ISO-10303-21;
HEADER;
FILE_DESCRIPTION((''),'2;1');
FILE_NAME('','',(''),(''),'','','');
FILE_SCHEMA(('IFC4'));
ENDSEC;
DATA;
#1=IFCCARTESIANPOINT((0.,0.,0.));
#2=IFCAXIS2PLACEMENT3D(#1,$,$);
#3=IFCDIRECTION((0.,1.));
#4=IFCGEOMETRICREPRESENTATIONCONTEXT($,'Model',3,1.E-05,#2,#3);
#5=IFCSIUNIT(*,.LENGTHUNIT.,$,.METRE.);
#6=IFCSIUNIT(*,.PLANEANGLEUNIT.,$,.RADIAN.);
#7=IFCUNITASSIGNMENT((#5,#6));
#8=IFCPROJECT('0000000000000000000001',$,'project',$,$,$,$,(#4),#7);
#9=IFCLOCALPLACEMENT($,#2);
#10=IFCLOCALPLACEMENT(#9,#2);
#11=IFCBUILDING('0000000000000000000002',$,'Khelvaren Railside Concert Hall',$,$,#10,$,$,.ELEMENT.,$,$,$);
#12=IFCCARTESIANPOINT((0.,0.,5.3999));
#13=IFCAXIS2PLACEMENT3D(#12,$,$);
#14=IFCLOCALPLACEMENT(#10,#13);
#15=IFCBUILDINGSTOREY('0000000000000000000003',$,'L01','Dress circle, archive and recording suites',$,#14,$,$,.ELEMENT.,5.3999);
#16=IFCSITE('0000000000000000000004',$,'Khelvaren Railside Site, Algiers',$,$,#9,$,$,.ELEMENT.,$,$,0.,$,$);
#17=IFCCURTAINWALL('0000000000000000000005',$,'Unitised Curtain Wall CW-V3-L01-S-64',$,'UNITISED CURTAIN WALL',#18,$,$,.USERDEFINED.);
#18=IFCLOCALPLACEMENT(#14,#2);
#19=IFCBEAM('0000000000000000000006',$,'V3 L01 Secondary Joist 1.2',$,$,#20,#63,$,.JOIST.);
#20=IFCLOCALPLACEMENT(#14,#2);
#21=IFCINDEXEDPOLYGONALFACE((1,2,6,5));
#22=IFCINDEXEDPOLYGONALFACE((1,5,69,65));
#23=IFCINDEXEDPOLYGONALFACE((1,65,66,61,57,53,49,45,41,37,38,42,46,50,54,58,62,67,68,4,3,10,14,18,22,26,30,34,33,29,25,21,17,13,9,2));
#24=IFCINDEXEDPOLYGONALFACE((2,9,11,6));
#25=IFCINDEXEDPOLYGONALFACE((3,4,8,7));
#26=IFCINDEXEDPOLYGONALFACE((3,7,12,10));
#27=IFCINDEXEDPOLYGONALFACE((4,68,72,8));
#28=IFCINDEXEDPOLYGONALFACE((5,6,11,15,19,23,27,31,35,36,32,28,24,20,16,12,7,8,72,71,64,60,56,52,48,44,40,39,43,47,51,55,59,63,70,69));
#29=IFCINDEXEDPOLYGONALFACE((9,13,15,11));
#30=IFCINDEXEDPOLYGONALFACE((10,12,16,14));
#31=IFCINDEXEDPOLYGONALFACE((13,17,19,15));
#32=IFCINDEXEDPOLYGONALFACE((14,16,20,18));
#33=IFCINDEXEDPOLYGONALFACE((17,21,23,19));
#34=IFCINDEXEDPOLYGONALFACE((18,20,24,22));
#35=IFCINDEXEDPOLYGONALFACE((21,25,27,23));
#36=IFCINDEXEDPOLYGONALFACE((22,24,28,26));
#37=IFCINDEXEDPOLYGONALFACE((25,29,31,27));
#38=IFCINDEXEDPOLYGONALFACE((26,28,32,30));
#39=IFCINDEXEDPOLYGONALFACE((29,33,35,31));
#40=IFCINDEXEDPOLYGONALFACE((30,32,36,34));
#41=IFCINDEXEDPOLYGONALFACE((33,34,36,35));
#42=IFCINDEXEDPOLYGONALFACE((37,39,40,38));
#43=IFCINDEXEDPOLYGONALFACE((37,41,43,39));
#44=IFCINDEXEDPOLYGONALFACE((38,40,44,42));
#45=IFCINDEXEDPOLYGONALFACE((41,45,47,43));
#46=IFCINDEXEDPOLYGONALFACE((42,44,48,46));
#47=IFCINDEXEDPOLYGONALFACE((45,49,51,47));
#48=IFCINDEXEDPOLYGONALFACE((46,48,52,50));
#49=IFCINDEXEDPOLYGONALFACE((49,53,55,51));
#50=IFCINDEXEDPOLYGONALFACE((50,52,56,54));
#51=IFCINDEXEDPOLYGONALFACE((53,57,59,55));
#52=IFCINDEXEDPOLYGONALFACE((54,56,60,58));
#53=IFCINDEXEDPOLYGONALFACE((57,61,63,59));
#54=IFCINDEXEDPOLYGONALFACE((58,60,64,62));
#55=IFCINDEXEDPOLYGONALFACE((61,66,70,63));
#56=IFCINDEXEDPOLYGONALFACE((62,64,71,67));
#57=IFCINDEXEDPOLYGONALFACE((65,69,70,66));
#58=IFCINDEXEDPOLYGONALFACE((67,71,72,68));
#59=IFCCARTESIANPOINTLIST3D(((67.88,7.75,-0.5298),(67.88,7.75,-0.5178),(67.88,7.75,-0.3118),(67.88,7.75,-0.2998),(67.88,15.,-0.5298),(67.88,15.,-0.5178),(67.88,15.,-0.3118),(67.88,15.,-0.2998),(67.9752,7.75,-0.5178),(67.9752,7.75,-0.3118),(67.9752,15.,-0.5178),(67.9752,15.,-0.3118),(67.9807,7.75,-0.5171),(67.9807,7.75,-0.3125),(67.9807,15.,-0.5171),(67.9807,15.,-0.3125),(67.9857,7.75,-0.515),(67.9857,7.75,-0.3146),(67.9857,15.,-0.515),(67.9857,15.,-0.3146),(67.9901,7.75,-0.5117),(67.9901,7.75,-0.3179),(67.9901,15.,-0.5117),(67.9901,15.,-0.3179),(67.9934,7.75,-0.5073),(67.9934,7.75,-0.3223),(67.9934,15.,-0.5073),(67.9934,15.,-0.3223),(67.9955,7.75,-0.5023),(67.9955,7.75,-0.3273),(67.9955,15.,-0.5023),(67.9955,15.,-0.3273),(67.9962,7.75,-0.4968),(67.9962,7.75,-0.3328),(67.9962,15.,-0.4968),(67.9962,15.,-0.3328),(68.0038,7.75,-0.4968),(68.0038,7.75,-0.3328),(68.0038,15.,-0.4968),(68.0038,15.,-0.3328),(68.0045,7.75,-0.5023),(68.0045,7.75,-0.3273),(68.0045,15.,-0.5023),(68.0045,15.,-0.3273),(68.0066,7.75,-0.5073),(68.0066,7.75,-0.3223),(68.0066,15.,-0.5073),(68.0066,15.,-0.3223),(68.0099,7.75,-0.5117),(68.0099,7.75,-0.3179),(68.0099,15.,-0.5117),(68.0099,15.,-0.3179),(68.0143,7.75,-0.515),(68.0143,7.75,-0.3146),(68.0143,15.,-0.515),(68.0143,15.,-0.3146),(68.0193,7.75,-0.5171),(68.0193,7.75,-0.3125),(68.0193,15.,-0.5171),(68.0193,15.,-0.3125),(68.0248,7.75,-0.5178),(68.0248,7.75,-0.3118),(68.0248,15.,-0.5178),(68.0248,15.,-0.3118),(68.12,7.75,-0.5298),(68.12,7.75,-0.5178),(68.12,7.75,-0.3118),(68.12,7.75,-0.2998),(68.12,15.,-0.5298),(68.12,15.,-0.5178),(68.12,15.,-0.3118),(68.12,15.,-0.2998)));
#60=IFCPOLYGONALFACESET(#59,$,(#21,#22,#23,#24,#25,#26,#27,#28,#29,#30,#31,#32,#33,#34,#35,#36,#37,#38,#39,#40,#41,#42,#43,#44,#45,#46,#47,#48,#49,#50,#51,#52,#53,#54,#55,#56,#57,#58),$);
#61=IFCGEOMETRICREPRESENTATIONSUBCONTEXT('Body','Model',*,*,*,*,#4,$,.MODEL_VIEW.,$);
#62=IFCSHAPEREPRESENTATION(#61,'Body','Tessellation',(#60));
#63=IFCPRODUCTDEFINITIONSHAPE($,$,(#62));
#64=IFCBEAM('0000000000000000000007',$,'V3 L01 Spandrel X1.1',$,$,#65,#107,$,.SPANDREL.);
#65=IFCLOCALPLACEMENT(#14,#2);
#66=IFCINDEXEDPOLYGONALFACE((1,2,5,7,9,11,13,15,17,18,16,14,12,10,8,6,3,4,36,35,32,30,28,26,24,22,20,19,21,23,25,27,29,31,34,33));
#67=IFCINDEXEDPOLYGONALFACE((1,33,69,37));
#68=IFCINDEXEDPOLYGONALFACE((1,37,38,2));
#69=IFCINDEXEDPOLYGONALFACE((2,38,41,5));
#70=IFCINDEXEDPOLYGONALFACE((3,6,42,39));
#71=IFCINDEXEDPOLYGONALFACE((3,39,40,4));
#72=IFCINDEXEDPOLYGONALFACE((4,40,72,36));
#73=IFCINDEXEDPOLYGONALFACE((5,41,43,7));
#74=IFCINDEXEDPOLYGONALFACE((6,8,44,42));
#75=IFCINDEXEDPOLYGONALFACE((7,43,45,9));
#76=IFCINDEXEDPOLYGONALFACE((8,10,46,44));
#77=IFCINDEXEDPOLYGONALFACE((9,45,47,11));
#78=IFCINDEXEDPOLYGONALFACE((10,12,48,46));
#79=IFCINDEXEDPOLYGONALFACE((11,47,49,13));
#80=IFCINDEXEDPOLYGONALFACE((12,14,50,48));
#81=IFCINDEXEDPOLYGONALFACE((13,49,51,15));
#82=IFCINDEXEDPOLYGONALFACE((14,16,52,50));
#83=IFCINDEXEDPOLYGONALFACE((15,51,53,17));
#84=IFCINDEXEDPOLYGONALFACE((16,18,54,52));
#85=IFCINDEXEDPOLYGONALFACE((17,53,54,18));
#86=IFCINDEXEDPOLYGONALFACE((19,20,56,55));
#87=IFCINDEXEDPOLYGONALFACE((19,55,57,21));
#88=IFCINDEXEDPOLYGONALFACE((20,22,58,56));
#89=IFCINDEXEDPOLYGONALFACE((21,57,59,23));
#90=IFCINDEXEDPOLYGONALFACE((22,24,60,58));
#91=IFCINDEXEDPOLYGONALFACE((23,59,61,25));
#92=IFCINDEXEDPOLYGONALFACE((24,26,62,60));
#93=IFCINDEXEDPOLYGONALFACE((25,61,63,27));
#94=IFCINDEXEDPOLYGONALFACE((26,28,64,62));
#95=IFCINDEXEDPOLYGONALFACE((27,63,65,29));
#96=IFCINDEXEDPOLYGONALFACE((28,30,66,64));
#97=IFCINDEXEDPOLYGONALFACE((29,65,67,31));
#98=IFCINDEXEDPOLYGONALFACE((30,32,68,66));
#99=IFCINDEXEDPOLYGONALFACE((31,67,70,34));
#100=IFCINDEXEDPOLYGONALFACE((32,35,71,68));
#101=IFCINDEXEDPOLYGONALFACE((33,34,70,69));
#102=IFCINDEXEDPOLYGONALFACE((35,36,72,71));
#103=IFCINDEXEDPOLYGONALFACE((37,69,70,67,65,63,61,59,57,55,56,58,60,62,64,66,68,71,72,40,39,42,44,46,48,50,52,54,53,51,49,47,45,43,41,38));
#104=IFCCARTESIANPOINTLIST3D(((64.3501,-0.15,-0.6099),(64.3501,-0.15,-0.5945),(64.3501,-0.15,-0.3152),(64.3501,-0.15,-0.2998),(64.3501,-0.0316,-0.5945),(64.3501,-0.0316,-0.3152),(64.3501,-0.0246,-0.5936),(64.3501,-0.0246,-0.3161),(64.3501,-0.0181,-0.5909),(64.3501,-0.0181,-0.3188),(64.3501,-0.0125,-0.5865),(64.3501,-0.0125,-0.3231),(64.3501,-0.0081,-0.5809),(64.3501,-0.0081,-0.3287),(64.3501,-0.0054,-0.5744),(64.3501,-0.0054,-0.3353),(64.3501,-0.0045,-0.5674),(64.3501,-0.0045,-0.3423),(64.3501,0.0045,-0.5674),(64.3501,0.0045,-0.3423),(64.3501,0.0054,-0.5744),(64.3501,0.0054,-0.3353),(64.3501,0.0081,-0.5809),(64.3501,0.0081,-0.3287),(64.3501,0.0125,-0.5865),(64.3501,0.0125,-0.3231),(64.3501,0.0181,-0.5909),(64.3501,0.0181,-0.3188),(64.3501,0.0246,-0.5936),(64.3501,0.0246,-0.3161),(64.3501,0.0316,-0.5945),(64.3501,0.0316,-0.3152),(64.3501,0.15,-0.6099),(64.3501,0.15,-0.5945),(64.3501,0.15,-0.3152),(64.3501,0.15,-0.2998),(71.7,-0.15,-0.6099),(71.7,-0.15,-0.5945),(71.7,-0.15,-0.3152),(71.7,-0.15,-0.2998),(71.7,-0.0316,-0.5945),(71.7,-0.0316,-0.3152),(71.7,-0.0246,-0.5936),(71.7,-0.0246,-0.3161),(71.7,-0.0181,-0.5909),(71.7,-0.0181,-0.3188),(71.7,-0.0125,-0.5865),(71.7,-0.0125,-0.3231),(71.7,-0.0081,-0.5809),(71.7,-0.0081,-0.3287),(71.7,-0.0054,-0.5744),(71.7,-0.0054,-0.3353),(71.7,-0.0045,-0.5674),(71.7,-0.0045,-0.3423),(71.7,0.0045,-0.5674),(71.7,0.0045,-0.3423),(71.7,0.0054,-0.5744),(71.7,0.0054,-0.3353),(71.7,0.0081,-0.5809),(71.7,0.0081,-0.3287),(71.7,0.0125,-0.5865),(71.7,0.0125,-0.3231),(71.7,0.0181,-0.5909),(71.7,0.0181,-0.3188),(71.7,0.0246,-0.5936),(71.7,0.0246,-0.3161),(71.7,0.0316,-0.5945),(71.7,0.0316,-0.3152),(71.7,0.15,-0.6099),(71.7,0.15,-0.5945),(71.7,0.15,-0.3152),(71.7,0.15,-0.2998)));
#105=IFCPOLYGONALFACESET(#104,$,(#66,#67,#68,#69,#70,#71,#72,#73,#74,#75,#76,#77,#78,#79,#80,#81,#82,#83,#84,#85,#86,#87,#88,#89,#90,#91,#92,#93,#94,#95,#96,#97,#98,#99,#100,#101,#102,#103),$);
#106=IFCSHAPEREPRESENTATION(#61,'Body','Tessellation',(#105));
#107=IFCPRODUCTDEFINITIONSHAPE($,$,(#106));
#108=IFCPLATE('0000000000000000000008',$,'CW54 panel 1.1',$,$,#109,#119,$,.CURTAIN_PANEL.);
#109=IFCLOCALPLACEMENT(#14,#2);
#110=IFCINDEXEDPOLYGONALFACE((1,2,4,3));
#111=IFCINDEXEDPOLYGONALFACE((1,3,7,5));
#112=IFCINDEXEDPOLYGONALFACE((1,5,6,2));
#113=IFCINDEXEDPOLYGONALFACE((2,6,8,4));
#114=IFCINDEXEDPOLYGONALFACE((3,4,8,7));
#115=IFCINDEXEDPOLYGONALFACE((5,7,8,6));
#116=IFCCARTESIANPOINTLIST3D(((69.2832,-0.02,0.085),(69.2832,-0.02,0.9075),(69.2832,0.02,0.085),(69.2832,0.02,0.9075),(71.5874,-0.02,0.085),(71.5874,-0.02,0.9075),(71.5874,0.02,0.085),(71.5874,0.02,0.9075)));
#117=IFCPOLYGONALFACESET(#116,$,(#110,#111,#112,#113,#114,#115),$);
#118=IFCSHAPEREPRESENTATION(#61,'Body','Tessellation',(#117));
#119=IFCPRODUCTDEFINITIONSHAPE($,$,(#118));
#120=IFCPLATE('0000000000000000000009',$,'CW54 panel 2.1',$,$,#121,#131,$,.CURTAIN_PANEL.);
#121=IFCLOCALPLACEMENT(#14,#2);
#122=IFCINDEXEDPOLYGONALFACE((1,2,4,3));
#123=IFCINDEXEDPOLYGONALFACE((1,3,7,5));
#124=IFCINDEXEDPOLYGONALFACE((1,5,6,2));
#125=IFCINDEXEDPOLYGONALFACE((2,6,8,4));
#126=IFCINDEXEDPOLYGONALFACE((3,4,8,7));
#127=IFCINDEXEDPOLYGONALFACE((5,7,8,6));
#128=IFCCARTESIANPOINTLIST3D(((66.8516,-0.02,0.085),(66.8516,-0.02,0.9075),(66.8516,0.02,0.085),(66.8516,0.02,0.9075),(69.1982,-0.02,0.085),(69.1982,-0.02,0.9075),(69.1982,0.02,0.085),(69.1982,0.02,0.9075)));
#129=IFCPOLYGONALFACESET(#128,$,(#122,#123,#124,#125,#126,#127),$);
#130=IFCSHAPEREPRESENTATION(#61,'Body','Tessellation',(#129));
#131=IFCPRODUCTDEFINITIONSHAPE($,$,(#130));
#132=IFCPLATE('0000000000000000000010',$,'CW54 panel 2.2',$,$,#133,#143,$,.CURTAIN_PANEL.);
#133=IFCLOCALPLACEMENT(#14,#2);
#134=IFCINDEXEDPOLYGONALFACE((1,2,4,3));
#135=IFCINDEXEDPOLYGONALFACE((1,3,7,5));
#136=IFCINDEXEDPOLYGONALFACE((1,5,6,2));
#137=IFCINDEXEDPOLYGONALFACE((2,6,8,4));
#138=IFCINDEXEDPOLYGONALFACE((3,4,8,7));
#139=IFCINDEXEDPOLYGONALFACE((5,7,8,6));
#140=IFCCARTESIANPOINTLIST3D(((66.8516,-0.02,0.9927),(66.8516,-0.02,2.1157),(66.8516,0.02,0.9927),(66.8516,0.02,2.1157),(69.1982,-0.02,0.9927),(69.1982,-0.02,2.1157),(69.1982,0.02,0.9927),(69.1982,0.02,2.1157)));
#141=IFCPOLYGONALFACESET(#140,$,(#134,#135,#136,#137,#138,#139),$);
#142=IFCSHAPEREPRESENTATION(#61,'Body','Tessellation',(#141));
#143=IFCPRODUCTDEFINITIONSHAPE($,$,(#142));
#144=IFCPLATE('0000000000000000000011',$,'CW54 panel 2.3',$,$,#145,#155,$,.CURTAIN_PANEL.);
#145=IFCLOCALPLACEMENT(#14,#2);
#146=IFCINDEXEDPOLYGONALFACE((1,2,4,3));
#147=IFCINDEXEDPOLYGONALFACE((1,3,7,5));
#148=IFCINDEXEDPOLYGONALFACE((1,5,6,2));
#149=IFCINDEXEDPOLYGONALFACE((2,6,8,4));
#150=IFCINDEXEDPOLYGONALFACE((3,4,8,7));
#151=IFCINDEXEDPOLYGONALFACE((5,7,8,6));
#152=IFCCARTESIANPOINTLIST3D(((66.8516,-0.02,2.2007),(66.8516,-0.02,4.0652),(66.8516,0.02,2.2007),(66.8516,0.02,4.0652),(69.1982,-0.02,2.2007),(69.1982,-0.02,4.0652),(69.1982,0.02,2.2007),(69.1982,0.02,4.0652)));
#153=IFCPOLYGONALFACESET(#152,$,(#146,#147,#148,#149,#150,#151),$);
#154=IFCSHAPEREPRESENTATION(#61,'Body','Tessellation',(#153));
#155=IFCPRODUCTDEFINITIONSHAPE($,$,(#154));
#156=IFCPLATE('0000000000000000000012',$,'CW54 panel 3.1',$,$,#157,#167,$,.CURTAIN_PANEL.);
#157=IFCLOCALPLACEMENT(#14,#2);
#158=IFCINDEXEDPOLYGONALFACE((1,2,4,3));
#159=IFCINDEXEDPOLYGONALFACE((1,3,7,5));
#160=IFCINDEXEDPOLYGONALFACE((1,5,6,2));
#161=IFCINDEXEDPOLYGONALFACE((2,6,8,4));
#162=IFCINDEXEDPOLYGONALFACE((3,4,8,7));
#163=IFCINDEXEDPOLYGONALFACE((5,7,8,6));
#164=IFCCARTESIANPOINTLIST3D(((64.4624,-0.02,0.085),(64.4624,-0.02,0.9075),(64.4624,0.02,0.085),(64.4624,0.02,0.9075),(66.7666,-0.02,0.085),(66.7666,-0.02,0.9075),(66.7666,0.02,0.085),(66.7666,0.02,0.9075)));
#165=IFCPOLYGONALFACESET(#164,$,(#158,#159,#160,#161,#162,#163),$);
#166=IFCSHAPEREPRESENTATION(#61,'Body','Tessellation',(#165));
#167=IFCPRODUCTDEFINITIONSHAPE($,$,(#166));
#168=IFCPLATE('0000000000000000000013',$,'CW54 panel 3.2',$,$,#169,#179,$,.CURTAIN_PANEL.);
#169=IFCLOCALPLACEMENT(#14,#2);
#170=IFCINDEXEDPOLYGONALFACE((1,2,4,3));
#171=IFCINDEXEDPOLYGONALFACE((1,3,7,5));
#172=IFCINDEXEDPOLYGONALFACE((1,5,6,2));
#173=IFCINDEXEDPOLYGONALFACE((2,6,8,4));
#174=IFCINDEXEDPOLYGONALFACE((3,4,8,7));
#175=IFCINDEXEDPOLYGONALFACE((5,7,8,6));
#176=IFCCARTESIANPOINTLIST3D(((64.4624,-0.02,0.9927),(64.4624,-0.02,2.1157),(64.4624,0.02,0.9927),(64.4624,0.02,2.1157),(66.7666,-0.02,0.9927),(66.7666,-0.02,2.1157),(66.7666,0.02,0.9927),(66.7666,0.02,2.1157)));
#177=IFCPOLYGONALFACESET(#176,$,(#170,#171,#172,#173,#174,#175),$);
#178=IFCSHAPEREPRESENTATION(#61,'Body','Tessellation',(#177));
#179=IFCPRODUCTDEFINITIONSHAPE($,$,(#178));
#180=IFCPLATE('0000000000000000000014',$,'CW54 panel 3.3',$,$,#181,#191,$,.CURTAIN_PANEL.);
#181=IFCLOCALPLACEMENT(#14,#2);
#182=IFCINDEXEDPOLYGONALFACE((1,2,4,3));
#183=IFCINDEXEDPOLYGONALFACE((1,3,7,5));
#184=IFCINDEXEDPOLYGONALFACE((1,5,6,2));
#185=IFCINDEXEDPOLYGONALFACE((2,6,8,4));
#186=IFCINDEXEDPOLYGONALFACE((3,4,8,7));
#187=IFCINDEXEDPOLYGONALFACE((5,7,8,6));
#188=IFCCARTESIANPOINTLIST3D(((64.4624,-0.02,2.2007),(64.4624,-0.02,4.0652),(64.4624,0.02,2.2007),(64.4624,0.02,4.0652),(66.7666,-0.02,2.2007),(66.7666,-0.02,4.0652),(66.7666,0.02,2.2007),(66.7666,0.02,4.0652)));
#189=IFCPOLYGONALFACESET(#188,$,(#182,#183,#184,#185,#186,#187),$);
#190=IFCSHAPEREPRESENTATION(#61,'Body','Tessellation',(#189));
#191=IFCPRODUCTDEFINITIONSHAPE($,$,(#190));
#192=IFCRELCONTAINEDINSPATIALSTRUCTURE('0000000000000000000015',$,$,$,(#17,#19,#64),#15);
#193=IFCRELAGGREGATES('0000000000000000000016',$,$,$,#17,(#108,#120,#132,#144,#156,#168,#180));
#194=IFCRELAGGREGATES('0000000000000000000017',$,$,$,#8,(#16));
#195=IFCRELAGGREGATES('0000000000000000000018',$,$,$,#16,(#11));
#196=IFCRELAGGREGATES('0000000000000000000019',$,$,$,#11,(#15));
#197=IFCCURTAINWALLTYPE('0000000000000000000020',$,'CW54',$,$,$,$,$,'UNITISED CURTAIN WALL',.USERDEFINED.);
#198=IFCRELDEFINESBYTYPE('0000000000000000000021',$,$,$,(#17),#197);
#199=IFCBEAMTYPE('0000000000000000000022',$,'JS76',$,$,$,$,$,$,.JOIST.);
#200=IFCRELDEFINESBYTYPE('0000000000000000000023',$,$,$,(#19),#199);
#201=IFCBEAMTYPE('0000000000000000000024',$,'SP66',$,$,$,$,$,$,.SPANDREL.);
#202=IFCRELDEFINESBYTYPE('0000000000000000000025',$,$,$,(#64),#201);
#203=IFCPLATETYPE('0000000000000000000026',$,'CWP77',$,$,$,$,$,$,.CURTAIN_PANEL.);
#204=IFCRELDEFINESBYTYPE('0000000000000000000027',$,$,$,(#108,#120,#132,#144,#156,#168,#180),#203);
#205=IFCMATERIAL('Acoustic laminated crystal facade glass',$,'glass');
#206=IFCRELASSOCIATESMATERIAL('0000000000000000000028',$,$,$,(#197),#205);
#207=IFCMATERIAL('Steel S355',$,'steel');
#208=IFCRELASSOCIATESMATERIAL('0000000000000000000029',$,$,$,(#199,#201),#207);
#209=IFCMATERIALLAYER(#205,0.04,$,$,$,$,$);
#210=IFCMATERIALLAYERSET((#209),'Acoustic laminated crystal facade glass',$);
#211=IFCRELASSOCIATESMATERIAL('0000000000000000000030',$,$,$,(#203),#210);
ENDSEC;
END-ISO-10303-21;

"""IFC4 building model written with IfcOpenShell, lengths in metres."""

from ifc_helpers import new_model, si_unit, direction, frame, origin, origin_2d, place, context, subcontext, project, spatial, rectangle, i_section, extrude, material, layer, layer_set, material_profile, profile_set, type_object, element, aggregate, save


model = new_model("IFC4")

# Units and contexts
model_context = context("Model", 3, precision=1e-05, world=origin(), true_north=direction((0.0, 1.0)))
body_context = subcontext(model_context, "Body", "Model", "MODEL_VIEW")
ifc_project = project(units=[si_unit("LENGTHUNIT", "METRE"), si_unit("PLANEANGLEUNIT", "RADIAN")], contexts=[model_context])

# Site, building, storey
site_placement = place(None, origin())
site = spatial("IfcSite", under=ifc_project, at=site_placement, Name="Khelvaren Railside Site, Algiers", CompositionType="ELEMENT", RefElevation=0.0)
building_placement = place(site_placement, origin())
building = spatial("IfcBuilding", under=site, at=building_placement, Name="Khelvaren Railside Concert Hall", CompositionType="ELEMENT")
storey_placement = place(building_placement, frame((0.0, 0.0, 5.3999)))
storey = spatial("IfcBuildingStorey", under=building, at=storey_placement, Name="L01", Description="Dress circle, archive and recording suites", CompositionType="ELEMENT", Elevation=5.3999)

# Shared definitions
ifc_material_1 = material(Name="Steel S355", Category="steel")

# Curtain wall
ifc_material_2 = material(Name="Acoustic laminated crystal facade glass", Category="glass")
curtain_wall_type = type_object("IfcCurtainWallType", Name="CW54", ElementType="UNITISED CURTAIN WALL", PredefinedType="USERDEFINED", material=ifc_material_2)
curtain_wall_placement = place(storey_placement, origin())
curtain_wall = element("IfcCurtainWall", 1, at=curtain_wall_placement, inside=storey, type_object=curtain_wall_type, Name="Unitised Curtain Wall CW-V3-L01-S-64", ObjectType="UNITISED CURTAIN WALL", PredefinedType="USERDEFINED")

# Beams
ifc_material_profile_1 = material_profile(ifc_material_1, i_section(OverallWidth=0.24, OverallDepth=0.23, WebThickness=0.0076, FlangeThickness=0.012, FilletRadius=0.021, at=origin_2d()), Name="HEA 240")
ifc_profile_set_1 = profile_set([ifc_material_profile_1], Name="Steel S355")
beam_type_1 = type_object("IfcBeamType", Name="JS76", PredefinedType="JOIST", material=ifc_profile_set_1)
beam_1_placement = place(storey_placement, frame((68.0, 7.75, -0.4148), z_axis=(0.0, 1.0, 0.0), x_axis=(-1.0, 0.0, 0.0)))
element("IfcBeam", 2, at=beam_1_placement, inside=storey, type_object=beam_type_1, Name="V3 L01 Secondary Joist 1.2", PredefinedType="JOIST", context=body_context, shape_type="SweptSolid", body=[
    extrude(i_section(OverallWidth=0.24, OverallDepth=0.23, WebThickness=0.0076, FlangeThickness=0.012, FilletRadius=0.021, at=origin_2d()), origin(), (0.0, 0.0, 1.0), 7.25),
])
ifc_material_profile_2 = material_profile(ifc_material_1, i_section(OverallWidth=0.3, OverallDepth=0.3101, WebThickness=0.009, FlangeThickness=0.0154, FilletRadius=0.0271, at=origin_2d()), Name="HEA 320")
ifc_profile_set_2 = profile_set([ifc_material_profile_2], Name="Steel S355")
beam_type_2 = type_object("IfcBeamType", Name="SP66", PredefinedType="SPANDREL", material=ifc_profile_set_2)
beam_2_placement = place(storey_placement, frame((64.3501, 0.0, -0.4548), z_axis=(1.0, 0.0, 0.0), x_axis=(0.0, 1.0, 0.0)))
element("IfcBeam", 3, at=beam_2_placement, inside=storey, type_object=beam_type_2, Name="V3 L01 Spandrel X1.1", PredefinedType="SPANDREL", context=body_context, shape_type="SweptSolid", body=[
    extrude(i_section(OverallWidth=0.3, OverallDepth=0.3101, WebThickness=0.009, FlangeThickness=0.0154, FilletRadius=0.0271, at=origin_2d()), origin(), (0.0, 0.0, 1.0), 7.3499),
])

# Plates
ifc_layer_1 = layer(ifc_material_2, 0.04)
ifc_layer_set_1 = layer_set([ifc_layer_1], Name="Acoustic laminated crystal facade glass")
plate_type = type_object("IfcPlateType", Name="CWP77", PredefinedType="CURTAIN_PANEL", material=ifc_layer_set_1)
plate_1_placement = place(storey_placement, frame((70.4353, 0.0, 0.085), z_axis=(0.0, 0.0, 1.0), x_axis=(-1.0, 0.0, 0.0)))
plate_1 = element("IfcPlate", 4, at=plate_1_placement, type_object=plate_type, Name="CW54 panel 1.1", PredefinedType="CURTAIN_PANEL", context=body_context, shape_type="SweptSolid", body=[
    extrude(rectangle(XDim=2.3042, YDim=0.04, at=origin_2d()), origin(), (0.0, 0.0, 1.0), 0.8225),
])
plate_2_placement = place(storey_placement, frame((68.0249, 0.0, 0.085), z_axis=(0.0, 0.0, 1.0), x_axis=(-1.0, 0.0, 0.0)))
plate_2 = element("IfcPlate", 5, at=plate_2_placement, type_object=plate_type, Name="CW54 panel 2.1", PredefinedType="CURTAIN_PANEL", context=body_context, shape_type="SweptSolid", body=[
    extrude(rectangle(XDim=2.3467, YDim=0.04, at=origin_2d()), origin(), (0.0, 0.0, 1.0), 0.8225),
])
plate_3_placement = place(storey_placement, frame((68.0249, 0.0, 0.9927), z_axis=(0.0, 0.0, 1.0), x_axis=(-1.0, 0.0, 0.0)))
plate_3 = element("IfcPlate", 6, at=plate_3_placement, type_object=plate_type, Name="CW54 panel 2.2", PredefinedType="CURTAIN_PANEL", context=body_context, shape_type="SweptSolid", body=[
    extrude(rectangle(XDim=2.3467, YDim=0.04, at=origin_2d()), origin(), (0.0, 0.0, 1.0), 1.123),
])
plate_4_placement = place(storey_placement, frame((68.0249, 0.0, 2.2007), z_axis=(0.0, 0.0, 1.0), x_axis=(-1.0, 0.0, 0.0)))
plate_4 = element("IfcPlate", 7, at=plate_4_placement, type_object=plate_type, Name="CW54 panel 2.3", PredefinedType="CURTAIN_PANEL", context=body_context, shape_type="SweptSolid", body=[
    extrude(rectangle(XDim=2.3467, YDim=0.04, at=origin_2d()), origin(), (0.0, 0.0, 1.0), 1.8645),
])
plate_5_placement = place(storey_placement, frame((65.6145, 0.0, 0.085), z_axis=(0.0, 0.0, 1.0), x_axis=(-1.0, 0.0, 0.0)))
plate_5 = element("IfcPlate", 8, at=plate_5_placement, type_object=plate_type, Name="CW54 panel 3.1", PredefinedType="CURTAIN_PANEL", context=body_context, shape_type="SweptSolid", body=[
    extrude(rectangle(XDim=2.3042, YDim=0.04, at=origin_2d()), origin(), (0.0, 0.0, 1.0), 0.8225),
])
plate_6_placement = place(storey_placement, frame((65.6145, 0.0, 0.9927), z_axis=(0.0, 0.0, 1.0), x_axis=(-1.0, 0.0, 0.0)))
plate_6 = element("IfcPlate", 9, at=plate_6_placement, type_object=plate_type, Name="CW54 panel 3.2", PredefinedType="CURTAIN_PANEL", context=body_context, shape_type="SweptSolid", body=[
    extrude(rectangle(XDim=2.3042, YDim=0.04, at=origin_2d()), origin(), (0.0, 0.0, 1.0), 1.123),
])
plate_7_placement = place(storey_placement, frame((65.6145, 0.0, 2.2007), z_axis=(0.0, 0.0, 1.0), x_axis=(-1.0, 0.0, 0.0)))
plate_7 = element("IfcPlate", 10, at=plate_7_placement, type_object=plate_type, Name="CW54 panel 3.3", PredefinedType="CURTAIN_PANEL", context=body_context, shape_type="SweptSolid", body=[
    extrude(rectangle(XDim=2.3042, YDim=0.04, at=origin_2d()), origin(), (0.0, 0.0, 1.0), 1.8645),
])
aggregate(curtain_wall, [plate_1, plate_2, plate_3, plate_4, plate_5, plate_6, plate_7])

save(model, "model.ifc")
